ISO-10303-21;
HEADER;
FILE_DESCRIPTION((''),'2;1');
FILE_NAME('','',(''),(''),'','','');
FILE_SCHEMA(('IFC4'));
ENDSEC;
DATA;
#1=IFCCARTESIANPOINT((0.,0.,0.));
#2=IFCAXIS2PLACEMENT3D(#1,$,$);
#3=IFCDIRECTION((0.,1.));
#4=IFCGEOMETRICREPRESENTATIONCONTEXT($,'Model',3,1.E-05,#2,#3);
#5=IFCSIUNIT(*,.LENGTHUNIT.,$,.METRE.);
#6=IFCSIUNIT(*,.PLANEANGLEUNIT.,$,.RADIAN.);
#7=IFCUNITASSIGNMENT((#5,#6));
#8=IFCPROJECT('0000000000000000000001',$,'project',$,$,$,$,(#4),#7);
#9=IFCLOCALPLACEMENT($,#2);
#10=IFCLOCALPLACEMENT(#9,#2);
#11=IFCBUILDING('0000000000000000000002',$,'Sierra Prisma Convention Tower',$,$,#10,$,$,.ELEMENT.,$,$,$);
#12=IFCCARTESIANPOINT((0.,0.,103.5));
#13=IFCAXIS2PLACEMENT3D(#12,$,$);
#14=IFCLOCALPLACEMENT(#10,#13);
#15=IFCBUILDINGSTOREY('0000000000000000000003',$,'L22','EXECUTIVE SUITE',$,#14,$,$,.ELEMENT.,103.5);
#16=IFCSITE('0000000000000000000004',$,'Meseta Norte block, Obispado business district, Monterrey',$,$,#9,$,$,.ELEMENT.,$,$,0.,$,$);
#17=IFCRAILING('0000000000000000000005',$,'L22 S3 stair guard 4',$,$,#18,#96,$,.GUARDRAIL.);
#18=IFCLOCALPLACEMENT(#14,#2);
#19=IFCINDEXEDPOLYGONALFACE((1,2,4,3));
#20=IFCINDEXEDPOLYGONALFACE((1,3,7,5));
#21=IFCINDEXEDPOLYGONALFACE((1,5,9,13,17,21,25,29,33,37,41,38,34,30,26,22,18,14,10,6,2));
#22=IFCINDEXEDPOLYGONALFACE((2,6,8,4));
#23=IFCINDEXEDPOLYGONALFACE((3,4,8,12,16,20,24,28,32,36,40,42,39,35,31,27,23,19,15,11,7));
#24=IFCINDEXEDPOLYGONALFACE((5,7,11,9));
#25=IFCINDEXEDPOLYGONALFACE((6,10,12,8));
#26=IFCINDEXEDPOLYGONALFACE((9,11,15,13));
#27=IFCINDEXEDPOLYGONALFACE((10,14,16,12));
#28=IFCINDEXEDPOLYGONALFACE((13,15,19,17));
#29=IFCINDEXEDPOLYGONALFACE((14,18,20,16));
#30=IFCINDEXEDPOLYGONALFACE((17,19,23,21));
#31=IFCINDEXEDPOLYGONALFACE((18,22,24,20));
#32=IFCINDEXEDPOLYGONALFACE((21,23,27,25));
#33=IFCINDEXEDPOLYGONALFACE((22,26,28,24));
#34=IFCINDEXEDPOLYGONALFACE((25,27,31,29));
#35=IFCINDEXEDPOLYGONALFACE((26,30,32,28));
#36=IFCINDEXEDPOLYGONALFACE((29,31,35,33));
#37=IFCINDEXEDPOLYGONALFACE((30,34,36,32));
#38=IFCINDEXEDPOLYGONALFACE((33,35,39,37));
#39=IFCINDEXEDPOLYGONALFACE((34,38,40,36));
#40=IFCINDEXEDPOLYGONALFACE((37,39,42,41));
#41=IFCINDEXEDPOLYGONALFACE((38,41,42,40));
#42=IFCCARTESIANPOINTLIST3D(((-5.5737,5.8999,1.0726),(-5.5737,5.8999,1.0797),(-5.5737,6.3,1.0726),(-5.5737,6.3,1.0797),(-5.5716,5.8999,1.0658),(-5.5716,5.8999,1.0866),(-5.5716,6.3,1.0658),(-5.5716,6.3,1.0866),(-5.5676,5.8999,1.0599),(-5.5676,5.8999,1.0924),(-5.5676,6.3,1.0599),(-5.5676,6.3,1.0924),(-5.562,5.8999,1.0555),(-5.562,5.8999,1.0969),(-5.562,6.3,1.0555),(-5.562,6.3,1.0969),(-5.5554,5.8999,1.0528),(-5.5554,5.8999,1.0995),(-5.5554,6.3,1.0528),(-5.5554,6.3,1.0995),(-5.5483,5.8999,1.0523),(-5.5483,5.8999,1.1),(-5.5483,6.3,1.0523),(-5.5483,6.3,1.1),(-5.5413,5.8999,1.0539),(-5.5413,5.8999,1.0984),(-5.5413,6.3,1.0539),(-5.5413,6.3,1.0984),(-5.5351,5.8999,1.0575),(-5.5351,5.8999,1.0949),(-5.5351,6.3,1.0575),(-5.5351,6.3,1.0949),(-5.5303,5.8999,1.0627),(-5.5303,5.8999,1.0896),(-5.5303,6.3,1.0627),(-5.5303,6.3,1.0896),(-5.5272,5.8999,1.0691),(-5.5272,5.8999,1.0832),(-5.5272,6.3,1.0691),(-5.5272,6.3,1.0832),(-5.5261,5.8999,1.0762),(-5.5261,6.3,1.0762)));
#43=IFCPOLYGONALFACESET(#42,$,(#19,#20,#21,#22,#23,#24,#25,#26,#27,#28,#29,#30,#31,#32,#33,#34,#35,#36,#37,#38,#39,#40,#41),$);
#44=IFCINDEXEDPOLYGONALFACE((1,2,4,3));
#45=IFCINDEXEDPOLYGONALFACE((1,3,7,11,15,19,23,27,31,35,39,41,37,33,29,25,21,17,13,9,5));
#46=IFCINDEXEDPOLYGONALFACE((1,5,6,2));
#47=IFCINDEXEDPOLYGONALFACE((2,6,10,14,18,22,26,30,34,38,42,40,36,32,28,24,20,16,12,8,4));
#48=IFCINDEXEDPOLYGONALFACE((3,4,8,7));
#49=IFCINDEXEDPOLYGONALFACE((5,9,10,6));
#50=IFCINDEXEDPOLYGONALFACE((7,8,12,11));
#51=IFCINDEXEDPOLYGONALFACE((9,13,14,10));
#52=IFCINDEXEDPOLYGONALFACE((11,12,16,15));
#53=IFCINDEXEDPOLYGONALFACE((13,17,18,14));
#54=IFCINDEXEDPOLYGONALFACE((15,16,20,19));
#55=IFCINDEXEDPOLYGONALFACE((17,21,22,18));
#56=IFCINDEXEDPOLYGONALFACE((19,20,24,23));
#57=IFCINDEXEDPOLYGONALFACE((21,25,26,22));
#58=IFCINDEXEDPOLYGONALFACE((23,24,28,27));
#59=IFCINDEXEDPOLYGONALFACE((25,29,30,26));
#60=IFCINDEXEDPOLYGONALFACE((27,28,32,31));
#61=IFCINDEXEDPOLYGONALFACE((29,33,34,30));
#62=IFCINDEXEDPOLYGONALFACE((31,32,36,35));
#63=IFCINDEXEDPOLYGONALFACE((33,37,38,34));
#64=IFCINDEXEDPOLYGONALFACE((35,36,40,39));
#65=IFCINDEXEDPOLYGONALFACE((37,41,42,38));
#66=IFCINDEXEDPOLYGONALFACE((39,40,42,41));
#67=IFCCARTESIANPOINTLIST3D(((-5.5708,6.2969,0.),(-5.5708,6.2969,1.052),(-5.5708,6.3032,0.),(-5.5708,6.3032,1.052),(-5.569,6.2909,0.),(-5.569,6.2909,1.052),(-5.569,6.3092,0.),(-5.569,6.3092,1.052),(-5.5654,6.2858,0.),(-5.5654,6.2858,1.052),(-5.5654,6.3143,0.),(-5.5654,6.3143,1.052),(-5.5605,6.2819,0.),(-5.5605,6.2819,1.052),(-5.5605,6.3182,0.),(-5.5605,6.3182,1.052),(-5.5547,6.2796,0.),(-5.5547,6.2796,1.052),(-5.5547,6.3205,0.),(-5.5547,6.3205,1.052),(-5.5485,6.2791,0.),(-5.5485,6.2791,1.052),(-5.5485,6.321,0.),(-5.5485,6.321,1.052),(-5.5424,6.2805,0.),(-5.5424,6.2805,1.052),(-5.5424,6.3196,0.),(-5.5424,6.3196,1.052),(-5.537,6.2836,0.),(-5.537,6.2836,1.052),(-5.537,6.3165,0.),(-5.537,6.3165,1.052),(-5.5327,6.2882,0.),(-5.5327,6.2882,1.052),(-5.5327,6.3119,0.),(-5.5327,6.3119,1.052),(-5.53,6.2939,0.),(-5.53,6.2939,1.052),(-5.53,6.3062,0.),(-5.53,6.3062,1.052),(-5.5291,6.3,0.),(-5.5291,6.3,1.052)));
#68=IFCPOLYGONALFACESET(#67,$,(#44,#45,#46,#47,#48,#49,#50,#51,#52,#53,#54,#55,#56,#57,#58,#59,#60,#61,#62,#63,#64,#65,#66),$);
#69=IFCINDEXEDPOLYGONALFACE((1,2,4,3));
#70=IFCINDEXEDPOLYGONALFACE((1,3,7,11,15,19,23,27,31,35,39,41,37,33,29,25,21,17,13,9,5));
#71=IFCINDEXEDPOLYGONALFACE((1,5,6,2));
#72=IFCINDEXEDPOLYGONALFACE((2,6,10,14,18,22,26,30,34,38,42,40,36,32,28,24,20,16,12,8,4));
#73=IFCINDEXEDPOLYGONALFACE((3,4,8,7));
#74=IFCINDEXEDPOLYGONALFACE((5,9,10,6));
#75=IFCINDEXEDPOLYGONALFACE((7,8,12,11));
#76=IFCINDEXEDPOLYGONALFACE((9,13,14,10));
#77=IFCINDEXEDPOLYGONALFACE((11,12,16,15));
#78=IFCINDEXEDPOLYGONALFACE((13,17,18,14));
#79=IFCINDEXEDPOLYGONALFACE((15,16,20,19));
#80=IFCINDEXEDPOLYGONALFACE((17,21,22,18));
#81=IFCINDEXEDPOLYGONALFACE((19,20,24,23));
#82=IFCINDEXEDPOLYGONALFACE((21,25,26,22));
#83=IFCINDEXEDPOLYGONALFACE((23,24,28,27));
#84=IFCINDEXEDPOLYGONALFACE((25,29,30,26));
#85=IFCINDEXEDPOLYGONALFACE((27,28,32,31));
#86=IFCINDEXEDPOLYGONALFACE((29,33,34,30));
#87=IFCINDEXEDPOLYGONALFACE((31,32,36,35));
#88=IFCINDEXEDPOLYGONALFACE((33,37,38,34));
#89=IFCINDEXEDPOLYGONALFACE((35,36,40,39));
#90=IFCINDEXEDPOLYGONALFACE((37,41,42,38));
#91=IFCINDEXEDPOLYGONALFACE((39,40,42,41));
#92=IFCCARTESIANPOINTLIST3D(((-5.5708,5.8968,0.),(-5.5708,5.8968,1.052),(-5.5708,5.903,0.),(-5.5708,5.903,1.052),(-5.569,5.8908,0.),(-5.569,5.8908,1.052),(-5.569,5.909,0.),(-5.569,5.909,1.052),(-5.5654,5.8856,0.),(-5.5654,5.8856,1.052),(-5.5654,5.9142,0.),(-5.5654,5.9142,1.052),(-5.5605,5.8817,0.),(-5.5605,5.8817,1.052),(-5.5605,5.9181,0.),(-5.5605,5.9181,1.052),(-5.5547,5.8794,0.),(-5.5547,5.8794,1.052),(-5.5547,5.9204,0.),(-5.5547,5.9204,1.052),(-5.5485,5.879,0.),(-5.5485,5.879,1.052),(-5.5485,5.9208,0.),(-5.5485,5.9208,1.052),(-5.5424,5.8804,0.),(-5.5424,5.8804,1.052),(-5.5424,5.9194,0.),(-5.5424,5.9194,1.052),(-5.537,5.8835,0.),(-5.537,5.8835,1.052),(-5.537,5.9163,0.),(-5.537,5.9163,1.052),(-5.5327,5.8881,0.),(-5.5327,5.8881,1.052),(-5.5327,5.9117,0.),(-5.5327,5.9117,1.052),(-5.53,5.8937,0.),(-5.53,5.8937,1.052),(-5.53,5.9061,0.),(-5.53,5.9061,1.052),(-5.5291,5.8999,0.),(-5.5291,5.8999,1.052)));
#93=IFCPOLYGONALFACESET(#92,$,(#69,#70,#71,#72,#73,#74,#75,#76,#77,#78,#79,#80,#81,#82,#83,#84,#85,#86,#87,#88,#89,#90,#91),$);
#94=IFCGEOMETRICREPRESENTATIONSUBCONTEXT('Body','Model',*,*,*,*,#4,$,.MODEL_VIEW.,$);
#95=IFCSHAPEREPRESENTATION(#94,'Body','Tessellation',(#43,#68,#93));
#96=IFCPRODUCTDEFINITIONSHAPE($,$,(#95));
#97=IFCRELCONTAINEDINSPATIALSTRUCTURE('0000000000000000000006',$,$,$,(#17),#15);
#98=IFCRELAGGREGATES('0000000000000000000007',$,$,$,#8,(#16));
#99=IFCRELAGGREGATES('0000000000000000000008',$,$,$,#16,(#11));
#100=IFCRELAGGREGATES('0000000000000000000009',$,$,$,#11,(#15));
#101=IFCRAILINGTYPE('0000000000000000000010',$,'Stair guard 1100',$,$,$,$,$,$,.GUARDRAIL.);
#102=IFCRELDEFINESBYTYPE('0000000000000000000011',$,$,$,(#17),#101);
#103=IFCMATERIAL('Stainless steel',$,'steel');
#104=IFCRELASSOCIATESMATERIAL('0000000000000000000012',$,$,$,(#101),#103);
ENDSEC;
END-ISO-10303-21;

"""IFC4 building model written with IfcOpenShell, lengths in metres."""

from ifc_helpers import new_model, si_unit, direction, frame, origin, origin_2d, place, context, subcontext, project, spatial, circle, extrude, material, type_object, element, save


model = new_model("IFC4")

# Units and contexts
model_context = context("Model", 3, precision=1e-05, world=origin(), true_north=direction((0.0, 1.0)))
body_context = subcontext(model_context, "Body", "Model", "MODEL_VIEW")
ifc_project = project(units=[si_unit("LENGTHUNIT", "METRE"), si_unit("PLANEANGLEUNIT", "RADIAN")], contexts=[model_context])

# Site, building, storey
site_placement = place(None, origin())
site = spatial("IfcSite", under=ifc_project, at=site_placement, Name="Meseta Norte block, Obispado business district, Monterrey", CompositionType="ELEMENT", RefElevation=0.0)
building_placement = place(site_placement, origin())
building = spatial("IfcBuilding", under=site, at=building_placement, Name="Sierra Prisma Convention Tower", CompositionType="ELEMENT")
storey_placement = place(building_placement, frame((0.0, 0.0, 103.5)))
storey = spatial("IfcBuildingStorey", under=building, at=storey_placement, Name="L22", Description="EXECUTIVE SUITE", CompositionType="ELEMENT", Elevation=103.5)

# Railing
ifc_material_1 = material(Name="Stainless steel", Category="steel")
railing_type_1 = type_object("IfcRailingType", Name="Stair guard 1100", PredefinedType="GUARDRAIL", material=ifc_material_1)
railing_1_placement = place(storey_placement, frame((-5.55, 6.3, 0.0)))
element("IfcRailing", 1, at=railing_1_placement, inside=storey, type_object=railing_type_1, Name="L22 S3 stair guard 4", PredefinedType="GUARDRAIL", context=body_context, shape_type="SweptSolid", body=[
    extrude(circle(Radius=0.0239, at=origin_2d()), frame((0.0, 0.0, 1.0762), z_axis=(0.0, -1.0, 0.0), x_axis=(1.0, 0.0, 0.0)), (0.0, 0.0, 1.0), 0.4001),
    extrude(circle(Radius=0.021, at=origin_2d()), origin(), (0.0, 0.0, 1.0), 1.052),
    extrude(circle(Radius=0.021, at=origin_2d()), frame((0.0, -0.4001, 0.0)), (0.0, 0.0, 1.0), 1.052),
])

save(model, "model.ifc")
